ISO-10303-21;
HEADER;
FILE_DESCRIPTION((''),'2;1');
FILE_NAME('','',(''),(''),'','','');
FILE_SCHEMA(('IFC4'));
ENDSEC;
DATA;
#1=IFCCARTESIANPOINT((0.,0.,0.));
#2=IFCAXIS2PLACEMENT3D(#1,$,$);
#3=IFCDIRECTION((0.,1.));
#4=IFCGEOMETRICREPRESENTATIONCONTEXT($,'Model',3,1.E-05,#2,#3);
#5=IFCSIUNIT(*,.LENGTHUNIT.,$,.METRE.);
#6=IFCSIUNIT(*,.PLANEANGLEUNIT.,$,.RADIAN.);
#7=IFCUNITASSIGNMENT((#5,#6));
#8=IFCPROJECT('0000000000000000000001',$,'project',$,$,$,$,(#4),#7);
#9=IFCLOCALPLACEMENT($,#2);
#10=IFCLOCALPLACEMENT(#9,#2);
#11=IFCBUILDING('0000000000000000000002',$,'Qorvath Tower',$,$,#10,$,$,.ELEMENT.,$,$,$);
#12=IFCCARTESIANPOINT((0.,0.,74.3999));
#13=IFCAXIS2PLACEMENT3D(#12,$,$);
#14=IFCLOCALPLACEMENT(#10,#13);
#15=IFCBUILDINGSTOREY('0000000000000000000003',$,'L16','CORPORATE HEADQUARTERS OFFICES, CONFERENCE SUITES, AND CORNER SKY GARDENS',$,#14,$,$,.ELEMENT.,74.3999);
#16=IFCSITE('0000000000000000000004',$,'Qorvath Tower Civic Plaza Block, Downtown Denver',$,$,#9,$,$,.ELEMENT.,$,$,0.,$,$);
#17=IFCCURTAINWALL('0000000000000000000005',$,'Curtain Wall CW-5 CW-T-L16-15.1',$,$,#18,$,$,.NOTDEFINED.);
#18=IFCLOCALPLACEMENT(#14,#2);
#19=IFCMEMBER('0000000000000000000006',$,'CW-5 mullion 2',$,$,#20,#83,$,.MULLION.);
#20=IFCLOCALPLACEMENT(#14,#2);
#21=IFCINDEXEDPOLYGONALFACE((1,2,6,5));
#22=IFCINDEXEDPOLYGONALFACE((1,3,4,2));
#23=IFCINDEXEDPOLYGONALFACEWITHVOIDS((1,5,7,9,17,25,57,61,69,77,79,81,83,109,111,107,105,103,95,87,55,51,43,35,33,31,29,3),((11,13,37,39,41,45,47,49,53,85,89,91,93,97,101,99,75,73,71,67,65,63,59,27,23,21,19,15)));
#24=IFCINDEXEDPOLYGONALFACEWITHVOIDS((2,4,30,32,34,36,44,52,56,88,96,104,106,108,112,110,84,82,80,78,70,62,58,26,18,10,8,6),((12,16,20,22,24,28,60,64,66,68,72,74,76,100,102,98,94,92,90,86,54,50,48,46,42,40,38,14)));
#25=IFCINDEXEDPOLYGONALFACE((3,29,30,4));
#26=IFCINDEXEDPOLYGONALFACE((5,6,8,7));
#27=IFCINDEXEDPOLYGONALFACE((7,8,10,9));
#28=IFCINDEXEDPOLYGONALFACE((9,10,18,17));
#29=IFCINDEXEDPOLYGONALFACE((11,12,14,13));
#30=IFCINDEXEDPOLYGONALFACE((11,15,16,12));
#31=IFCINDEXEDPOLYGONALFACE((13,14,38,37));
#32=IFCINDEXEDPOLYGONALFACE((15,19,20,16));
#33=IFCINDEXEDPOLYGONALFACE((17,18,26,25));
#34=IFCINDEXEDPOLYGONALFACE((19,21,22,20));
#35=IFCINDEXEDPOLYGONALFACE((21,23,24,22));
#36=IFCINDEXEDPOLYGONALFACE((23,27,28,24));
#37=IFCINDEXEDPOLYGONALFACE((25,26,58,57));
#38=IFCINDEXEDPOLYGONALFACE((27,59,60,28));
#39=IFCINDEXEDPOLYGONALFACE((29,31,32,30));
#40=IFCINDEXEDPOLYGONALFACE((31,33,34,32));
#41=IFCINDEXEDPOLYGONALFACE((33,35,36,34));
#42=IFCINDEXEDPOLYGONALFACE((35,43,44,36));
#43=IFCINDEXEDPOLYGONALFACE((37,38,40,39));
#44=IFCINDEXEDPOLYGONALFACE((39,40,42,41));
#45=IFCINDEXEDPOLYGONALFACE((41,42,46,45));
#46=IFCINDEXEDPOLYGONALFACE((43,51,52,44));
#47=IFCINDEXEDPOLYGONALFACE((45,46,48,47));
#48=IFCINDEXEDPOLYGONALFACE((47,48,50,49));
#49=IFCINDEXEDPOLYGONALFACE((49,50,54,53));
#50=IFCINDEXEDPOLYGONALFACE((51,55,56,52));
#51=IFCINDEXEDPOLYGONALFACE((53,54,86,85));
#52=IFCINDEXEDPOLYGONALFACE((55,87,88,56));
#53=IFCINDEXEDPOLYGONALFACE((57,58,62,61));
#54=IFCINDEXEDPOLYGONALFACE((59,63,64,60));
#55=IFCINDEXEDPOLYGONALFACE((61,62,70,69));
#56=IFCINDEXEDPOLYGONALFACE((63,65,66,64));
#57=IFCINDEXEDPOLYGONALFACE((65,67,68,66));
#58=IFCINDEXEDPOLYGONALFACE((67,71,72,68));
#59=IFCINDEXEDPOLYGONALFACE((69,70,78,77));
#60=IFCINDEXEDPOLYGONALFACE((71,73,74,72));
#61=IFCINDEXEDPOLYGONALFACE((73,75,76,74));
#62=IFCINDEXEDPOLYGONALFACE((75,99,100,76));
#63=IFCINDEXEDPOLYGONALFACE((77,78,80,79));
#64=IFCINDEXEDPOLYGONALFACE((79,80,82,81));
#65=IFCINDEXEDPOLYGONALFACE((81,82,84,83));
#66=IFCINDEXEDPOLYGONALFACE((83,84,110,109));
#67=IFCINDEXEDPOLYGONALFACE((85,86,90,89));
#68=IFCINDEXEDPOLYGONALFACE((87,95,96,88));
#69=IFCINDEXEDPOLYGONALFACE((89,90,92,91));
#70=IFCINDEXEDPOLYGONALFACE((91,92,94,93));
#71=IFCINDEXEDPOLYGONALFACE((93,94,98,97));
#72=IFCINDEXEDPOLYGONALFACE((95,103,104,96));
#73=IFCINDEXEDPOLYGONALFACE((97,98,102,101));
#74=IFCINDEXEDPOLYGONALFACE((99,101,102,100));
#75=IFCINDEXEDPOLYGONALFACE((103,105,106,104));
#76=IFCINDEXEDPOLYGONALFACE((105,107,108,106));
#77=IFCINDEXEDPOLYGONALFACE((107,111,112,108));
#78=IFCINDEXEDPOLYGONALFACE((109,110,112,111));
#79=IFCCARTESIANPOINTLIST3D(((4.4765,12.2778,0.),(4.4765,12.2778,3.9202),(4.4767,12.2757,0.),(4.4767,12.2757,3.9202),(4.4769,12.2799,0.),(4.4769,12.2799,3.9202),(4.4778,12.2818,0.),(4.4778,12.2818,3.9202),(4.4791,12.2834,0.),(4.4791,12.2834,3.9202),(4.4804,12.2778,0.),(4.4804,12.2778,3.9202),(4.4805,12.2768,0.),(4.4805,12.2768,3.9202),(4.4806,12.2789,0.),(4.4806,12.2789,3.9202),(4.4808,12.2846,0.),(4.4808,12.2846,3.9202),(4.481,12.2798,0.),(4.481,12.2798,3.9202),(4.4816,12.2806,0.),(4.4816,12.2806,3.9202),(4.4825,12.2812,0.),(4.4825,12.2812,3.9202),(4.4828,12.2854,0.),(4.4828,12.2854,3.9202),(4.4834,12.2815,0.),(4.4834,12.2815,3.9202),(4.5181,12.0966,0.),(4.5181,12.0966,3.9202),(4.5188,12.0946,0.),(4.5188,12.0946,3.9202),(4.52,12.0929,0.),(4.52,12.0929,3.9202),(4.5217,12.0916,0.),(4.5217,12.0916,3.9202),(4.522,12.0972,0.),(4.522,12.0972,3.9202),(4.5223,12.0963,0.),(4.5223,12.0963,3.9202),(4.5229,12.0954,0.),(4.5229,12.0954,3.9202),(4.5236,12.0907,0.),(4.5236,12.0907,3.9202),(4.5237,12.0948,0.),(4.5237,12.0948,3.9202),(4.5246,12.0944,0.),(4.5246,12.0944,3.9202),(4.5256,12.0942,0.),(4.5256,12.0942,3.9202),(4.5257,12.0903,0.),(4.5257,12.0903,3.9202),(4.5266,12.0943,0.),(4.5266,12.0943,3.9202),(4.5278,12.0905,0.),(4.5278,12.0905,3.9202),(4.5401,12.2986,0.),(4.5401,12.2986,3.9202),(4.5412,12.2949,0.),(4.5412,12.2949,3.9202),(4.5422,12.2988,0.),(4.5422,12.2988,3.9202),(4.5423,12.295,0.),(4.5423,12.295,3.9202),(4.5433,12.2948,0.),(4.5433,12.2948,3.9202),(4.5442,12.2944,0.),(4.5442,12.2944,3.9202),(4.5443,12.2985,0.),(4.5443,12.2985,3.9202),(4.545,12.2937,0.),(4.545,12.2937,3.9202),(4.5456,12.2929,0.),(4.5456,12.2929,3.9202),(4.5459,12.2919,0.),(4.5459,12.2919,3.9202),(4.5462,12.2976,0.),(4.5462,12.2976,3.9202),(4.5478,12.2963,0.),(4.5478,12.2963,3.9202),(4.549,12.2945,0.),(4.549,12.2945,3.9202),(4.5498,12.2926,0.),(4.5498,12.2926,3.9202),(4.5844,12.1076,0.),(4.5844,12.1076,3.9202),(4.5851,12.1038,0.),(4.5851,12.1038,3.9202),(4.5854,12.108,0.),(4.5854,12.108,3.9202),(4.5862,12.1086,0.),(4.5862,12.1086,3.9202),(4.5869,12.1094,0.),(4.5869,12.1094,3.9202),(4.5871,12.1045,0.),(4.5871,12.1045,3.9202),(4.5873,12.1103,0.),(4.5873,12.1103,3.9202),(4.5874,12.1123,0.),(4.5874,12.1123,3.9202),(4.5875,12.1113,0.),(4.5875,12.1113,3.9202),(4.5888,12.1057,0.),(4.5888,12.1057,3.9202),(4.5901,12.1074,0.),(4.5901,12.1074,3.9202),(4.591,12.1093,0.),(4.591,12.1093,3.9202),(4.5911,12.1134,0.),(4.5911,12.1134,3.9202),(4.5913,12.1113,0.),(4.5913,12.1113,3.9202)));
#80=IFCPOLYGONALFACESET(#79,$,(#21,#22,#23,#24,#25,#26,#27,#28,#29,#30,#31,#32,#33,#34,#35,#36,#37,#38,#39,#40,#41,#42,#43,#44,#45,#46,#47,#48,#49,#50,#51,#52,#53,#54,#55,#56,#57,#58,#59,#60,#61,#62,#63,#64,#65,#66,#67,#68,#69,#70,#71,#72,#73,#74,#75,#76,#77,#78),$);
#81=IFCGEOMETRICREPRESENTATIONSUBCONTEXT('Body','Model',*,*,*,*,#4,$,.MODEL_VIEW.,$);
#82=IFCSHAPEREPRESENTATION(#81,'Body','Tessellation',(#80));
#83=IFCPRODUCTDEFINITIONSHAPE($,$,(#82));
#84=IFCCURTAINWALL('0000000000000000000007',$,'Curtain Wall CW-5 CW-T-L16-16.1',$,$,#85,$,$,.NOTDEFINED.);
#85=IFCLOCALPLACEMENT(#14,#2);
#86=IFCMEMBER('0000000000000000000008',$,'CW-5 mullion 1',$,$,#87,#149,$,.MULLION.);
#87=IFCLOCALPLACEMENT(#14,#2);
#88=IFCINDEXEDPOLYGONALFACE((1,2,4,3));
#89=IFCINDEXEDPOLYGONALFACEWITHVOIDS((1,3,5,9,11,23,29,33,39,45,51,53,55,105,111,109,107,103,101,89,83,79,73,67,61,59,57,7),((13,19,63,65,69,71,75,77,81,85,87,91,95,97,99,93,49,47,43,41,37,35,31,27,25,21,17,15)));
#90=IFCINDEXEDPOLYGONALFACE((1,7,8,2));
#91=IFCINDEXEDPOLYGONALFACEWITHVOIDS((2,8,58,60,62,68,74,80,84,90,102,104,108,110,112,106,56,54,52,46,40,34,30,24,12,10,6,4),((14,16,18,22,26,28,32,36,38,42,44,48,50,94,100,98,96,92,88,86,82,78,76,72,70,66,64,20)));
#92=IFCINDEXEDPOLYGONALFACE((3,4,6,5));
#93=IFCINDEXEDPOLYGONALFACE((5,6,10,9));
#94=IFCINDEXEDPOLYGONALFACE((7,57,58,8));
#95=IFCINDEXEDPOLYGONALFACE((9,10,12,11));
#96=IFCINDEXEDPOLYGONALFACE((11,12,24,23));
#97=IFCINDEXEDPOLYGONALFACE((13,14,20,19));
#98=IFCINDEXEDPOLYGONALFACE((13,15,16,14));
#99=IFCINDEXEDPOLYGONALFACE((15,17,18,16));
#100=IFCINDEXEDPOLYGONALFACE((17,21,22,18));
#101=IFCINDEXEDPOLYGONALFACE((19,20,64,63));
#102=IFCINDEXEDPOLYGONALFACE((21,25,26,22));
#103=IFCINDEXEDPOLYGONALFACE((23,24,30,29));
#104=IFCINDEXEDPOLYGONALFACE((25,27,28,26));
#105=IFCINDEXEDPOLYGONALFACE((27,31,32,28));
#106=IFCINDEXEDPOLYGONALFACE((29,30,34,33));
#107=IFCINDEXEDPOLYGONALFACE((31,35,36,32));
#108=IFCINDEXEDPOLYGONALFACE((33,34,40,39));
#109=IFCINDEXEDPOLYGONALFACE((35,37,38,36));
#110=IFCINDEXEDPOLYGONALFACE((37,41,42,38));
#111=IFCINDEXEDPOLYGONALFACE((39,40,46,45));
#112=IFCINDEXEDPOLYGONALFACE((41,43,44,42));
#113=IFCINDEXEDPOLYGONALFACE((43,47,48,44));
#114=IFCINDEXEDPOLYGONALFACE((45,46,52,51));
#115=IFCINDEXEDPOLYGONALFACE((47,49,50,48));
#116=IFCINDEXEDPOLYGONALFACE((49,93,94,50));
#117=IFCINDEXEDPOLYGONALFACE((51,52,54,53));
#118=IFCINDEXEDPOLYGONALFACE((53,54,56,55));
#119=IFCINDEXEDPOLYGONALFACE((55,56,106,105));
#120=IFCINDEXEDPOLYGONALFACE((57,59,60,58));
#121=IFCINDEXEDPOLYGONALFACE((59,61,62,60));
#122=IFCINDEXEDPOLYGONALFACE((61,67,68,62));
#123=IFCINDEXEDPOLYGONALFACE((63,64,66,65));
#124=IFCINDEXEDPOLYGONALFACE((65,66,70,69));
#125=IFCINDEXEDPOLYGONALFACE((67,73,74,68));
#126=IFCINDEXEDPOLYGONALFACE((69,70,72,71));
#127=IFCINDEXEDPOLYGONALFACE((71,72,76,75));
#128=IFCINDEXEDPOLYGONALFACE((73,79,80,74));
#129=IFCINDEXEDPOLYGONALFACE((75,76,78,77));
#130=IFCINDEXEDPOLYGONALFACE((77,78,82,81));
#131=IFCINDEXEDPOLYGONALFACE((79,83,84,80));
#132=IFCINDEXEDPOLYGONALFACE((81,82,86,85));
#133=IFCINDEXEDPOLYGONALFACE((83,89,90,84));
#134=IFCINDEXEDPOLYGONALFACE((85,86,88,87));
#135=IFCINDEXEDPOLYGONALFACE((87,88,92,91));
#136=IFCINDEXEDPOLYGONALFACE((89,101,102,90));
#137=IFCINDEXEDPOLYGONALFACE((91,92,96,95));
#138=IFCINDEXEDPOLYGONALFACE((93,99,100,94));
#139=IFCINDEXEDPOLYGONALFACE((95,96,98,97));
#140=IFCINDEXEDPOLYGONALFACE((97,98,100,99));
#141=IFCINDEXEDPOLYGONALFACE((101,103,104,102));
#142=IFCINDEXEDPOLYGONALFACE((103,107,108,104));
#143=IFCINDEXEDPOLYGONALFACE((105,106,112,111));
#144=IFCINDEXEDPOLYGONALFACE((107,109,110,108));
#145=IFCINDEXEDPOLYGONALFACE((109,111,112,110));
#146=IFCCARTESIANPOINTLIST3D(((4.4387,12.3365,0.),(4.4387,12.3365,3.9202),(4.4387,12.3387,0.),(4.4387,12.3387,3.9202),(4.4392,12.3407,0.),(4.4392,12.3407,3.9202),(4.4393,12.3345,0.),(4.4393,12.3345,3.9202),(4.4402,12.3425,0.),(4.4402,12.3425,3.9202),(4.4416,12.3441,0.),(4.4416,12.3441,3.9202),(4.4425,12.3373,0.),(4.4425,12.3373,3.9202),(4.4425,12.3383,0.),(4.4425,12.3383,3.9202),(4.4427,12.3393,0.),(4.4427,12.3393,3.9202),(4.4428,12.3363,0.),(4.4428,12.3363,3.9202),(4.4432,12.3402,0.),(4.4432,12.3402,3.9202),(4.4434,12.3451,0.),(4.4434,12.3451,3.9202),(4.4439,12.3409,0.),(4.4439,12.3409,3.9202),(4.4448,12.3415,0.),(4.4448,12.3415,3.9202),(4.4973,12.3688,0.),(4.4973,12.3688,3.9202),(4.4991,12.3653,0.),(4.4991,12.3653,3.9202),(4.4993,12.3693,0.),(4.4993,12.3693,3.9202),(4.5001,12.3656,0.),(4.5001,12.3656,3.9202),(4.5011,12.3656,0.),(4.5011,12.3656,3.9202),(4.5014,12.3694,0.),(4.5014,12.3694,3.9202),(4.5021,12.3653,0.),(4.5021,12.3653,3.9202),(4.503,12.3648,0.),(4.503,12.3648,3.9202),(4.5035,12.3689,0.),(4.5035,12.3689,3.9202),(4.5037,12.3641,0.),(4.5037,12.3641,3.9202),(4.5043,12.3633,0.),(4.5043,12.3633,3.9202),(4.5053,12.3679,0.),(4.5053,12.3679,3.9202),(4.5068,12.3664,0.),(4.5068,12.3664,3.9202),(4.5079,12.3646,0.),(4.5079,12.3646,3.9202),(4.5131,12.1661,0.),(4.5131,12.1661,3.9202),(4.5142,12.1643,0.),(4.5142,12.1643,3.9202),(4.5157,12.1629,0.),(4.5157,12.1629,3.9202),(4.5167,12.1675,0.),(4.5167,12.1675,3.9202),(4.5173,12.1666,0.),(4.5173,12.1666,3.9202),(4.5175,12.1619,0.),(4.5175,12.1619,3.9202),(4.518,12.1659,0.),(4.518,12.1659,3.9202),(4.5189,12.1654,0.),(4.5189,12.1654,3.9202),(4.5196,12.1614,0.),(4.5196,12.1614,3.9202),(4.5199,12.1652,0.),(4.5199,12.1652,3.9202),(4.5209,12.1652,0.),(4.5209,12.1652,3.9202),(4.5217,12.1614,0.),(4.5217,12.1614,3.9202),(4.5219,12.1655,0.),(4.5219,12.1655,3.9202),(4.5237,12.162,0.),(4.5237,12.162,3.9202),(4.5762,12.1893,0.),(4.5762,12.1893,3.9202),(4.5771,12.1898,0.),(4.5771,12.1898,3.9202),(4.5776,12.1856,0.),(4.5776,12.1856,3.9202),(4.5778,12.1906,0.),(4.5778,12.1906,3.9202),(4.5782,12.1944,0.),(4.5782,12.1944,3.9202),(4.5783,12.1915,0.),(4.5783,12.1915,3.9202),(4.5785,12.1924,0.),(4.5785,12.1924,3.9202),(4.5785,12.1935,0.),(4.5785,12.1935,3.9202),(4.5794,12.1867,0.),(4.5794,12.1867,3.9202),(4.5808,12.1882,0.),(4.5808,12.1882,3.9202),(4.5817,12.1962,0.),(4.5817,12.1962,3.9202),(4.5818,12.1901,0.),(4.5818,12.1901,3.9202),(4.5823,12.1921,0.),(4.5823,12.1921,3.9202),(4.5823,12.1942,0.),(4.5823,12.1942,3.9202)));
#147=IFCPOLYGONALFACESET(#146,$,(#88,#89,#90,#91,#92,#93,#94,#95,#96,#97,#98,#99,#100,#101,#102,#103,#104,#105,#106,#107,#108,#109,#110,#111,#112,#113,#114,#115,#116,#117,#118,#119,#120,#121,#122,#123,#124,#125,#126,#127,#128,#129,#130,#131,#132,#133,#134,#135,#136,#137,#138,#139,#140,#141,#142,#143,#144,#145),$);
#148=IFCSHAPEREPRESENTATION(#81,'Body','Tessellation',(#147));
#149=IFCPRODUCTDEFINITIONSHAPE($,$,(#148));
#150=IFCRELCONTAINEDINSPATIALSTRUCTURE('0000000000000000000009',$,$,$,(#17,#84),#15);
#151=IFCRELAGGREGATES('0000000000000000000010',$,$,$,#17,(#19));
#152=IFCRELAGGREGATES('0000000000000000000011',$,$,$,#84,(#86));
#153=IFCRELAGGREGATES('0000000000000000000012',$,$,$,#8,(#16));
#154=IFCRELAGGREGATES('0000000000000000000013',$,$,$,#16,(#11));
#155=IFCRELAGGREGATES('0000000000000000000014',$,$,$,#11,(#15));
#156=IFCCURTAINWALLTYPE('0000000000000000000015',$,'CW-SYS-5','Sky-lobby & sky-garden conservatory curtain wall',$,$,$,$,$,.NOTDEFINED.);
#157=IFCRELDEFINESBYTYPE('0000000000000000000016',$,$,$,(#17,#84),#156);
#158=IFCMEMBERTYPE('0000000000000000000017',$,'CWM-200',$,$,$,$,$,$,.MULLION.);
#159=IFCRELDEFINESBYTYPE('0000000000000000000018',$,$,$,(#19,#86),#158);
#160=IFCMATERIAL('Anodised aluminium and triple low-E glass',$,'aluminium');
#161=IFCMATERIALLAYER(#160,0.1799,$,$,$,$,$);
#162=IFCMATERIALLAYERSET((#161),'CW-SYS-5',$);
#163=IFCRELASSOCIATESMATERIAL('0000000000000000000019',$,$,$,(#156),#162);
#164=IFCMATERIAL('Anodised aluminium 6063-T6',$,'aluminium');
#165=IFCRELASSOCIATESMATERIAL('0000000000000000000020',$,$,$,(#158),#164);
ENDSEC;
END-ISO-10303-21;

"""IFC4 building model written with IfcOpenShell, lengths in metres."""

from ifc_helpers import new_model, si_unit, direction, frame, origin, origin_2d, place, context, subcontext, project, spatial, hollow_rectangle, extrude, material, layer, layer_set, material_profile, profile_set, type_object, element, aggregate, save


model = new_model("IFC4")

# Units and contexts
model_context = context("Model", 3, precision=1e-05, world=origin(), true_north=direction((0.0, 1.0)))
body_context = subcontext(model_context, "Body", "Model", "MODEL_VIEW")
ifc_project = project(units=[si_unit("LENGTHUNIT", "METRE"), si_unit("PLANEANGLEUNIT", "RADIAN")], contexts=[model_context])

# Site, building, storey
site_placement = place(None, origin())
site = spatial("IfcSite", under=ifc_project, at=site_placement, Name="Qorvath Tower Civic Plaza Block, Downtown Denver", CompositionType="ELEMENT", RefElevation=0.0)
building_placement = place(site_placement, origin())
building = spatial("IfcBuilding", under=site, at=building_placement, Name="Qorvath Tower", CompositionType="ELEMENT")
storey_placement = place(building_placement, frame((0.0, 0.0, 74.3999)))
storey = spatial("IfcBuildingStorey", under=building, at=storey_placement, Name="L16", Description="CORPORATE HEADQUARTERS OFFICES, CONFERENCE SUITES, AND CORNER SKY GARDENS", CompositionType="ELEMENT", Elevation=74.3999)

# Shared definitions
ifc_material_1 = material(Name="Anodised aluminium and triple low-E glass", Category="aluminium")
ifc_layer_1 = layer(ifc_material_1, 0.1799)
ifc_layer_set_1 = layer_set([ifc_layer_1], Name="CW-SYS-5")
curtain_wall_type = type_object("IfcCurtainWallType", Name="CW-SYS-5", Description="Sky-lobby & sky-garden conservatory curtain wall", PredefinedType="NOTDEFINED", material=ifc_layer_set_1)
ifc_material_2 = material(Name="Anodised aluminium 6063-T6", Category="aluminium")
ifc_material_profile_1 = material_profile(ifc_material_2, hollow_rectangle(XDim=0.075, YDim=0.2, WallThickness=0.0039, InnerFilletRadius=0.0039, OuterFilletRadius=0.0081, at=origin_2d()), Name="CWM 200x75")
ifc_profile_set_1 = profile_set([ifc_material_profile_1], Name="Anodised aluminium 6063-T6")
member_type_1 = type_object("IfcMemberType", Name="CWM-200", PredefinedType="MULLION", material=ifc_profile_set_1)

# Curtain walls, members
curtain_wall_1_placement = place(storey_placement, origin())
curtain_wall_1 = element("IfcCurtainWall", 1, at=curtain_wall_1_placement, inside=storey, type_object=curtain_wall_type, Name="Curtain Wall CW-5 CW-T-L16-15.1", PredefinedType="NOTDEFINED")
member_1_placement = place(storey_placement, frame((4.5339, 12.1946, 0.0), z_axis=(0.0, 0.0, 1.0), x_axis=(-0.974388, -0.224872, 0.0)))
member_1 = element("IfcMember", 2, at=member_1_placement, type_object=member_type_1, Name="CW-5 mullion 2", PredefinedType="MULLION", context=body_context, shape_type="SweptSolid", body=[
    extrude(hollow_rectangle(XDim=0.075, YDim=0.2, WallThickness=0.0039, InnerFilletRadius=0.0039, OuterFilletRadius=0.0081, at=origin_2d()), origin(), (0.0, 0.0, 1.0), 3.9202),
])
curtain_wall_2_placement = place(storey_placement, origin())
curtain_wall_2 = element("IfcCurtainWall", 3, at=curtain_wall_2_placement, inside=storey, type_object=curtain_wall_type, Name="Curtain Wall CW-5 CW-T-L16-16.1", PredefinedType="NOTDEFINED")
member_2_placement = place(storey_placement, frame((4.5105, 12.2654, 0.0), z_axis=(0.0, 0.0, 1.0), x_axis=(-0.915913, -0.401376, 0.0)))
member_2 = element("IfcMember", 4, at=member_2_placement, type_object=member_type_1, Name="CW-5 mullion 1", PredefinedType="MULLION", context=body_context, shape_type="SweptSolid", body=[
    extrude(hollow_rectangle(XDim=0.075, YDim=0.2, WallThickness=0.0039, InnerFilletRadius=0.0039, OuterFilletRadius=0.0081, at=origin_2d()), origin(), (0.0, 0.0, 1.0), 3.9202),
])

aggregate(curtain_wall_1, [member_1])
aggregate(curtain_wall_2, [member_2])

save(model, "model.ifc")
